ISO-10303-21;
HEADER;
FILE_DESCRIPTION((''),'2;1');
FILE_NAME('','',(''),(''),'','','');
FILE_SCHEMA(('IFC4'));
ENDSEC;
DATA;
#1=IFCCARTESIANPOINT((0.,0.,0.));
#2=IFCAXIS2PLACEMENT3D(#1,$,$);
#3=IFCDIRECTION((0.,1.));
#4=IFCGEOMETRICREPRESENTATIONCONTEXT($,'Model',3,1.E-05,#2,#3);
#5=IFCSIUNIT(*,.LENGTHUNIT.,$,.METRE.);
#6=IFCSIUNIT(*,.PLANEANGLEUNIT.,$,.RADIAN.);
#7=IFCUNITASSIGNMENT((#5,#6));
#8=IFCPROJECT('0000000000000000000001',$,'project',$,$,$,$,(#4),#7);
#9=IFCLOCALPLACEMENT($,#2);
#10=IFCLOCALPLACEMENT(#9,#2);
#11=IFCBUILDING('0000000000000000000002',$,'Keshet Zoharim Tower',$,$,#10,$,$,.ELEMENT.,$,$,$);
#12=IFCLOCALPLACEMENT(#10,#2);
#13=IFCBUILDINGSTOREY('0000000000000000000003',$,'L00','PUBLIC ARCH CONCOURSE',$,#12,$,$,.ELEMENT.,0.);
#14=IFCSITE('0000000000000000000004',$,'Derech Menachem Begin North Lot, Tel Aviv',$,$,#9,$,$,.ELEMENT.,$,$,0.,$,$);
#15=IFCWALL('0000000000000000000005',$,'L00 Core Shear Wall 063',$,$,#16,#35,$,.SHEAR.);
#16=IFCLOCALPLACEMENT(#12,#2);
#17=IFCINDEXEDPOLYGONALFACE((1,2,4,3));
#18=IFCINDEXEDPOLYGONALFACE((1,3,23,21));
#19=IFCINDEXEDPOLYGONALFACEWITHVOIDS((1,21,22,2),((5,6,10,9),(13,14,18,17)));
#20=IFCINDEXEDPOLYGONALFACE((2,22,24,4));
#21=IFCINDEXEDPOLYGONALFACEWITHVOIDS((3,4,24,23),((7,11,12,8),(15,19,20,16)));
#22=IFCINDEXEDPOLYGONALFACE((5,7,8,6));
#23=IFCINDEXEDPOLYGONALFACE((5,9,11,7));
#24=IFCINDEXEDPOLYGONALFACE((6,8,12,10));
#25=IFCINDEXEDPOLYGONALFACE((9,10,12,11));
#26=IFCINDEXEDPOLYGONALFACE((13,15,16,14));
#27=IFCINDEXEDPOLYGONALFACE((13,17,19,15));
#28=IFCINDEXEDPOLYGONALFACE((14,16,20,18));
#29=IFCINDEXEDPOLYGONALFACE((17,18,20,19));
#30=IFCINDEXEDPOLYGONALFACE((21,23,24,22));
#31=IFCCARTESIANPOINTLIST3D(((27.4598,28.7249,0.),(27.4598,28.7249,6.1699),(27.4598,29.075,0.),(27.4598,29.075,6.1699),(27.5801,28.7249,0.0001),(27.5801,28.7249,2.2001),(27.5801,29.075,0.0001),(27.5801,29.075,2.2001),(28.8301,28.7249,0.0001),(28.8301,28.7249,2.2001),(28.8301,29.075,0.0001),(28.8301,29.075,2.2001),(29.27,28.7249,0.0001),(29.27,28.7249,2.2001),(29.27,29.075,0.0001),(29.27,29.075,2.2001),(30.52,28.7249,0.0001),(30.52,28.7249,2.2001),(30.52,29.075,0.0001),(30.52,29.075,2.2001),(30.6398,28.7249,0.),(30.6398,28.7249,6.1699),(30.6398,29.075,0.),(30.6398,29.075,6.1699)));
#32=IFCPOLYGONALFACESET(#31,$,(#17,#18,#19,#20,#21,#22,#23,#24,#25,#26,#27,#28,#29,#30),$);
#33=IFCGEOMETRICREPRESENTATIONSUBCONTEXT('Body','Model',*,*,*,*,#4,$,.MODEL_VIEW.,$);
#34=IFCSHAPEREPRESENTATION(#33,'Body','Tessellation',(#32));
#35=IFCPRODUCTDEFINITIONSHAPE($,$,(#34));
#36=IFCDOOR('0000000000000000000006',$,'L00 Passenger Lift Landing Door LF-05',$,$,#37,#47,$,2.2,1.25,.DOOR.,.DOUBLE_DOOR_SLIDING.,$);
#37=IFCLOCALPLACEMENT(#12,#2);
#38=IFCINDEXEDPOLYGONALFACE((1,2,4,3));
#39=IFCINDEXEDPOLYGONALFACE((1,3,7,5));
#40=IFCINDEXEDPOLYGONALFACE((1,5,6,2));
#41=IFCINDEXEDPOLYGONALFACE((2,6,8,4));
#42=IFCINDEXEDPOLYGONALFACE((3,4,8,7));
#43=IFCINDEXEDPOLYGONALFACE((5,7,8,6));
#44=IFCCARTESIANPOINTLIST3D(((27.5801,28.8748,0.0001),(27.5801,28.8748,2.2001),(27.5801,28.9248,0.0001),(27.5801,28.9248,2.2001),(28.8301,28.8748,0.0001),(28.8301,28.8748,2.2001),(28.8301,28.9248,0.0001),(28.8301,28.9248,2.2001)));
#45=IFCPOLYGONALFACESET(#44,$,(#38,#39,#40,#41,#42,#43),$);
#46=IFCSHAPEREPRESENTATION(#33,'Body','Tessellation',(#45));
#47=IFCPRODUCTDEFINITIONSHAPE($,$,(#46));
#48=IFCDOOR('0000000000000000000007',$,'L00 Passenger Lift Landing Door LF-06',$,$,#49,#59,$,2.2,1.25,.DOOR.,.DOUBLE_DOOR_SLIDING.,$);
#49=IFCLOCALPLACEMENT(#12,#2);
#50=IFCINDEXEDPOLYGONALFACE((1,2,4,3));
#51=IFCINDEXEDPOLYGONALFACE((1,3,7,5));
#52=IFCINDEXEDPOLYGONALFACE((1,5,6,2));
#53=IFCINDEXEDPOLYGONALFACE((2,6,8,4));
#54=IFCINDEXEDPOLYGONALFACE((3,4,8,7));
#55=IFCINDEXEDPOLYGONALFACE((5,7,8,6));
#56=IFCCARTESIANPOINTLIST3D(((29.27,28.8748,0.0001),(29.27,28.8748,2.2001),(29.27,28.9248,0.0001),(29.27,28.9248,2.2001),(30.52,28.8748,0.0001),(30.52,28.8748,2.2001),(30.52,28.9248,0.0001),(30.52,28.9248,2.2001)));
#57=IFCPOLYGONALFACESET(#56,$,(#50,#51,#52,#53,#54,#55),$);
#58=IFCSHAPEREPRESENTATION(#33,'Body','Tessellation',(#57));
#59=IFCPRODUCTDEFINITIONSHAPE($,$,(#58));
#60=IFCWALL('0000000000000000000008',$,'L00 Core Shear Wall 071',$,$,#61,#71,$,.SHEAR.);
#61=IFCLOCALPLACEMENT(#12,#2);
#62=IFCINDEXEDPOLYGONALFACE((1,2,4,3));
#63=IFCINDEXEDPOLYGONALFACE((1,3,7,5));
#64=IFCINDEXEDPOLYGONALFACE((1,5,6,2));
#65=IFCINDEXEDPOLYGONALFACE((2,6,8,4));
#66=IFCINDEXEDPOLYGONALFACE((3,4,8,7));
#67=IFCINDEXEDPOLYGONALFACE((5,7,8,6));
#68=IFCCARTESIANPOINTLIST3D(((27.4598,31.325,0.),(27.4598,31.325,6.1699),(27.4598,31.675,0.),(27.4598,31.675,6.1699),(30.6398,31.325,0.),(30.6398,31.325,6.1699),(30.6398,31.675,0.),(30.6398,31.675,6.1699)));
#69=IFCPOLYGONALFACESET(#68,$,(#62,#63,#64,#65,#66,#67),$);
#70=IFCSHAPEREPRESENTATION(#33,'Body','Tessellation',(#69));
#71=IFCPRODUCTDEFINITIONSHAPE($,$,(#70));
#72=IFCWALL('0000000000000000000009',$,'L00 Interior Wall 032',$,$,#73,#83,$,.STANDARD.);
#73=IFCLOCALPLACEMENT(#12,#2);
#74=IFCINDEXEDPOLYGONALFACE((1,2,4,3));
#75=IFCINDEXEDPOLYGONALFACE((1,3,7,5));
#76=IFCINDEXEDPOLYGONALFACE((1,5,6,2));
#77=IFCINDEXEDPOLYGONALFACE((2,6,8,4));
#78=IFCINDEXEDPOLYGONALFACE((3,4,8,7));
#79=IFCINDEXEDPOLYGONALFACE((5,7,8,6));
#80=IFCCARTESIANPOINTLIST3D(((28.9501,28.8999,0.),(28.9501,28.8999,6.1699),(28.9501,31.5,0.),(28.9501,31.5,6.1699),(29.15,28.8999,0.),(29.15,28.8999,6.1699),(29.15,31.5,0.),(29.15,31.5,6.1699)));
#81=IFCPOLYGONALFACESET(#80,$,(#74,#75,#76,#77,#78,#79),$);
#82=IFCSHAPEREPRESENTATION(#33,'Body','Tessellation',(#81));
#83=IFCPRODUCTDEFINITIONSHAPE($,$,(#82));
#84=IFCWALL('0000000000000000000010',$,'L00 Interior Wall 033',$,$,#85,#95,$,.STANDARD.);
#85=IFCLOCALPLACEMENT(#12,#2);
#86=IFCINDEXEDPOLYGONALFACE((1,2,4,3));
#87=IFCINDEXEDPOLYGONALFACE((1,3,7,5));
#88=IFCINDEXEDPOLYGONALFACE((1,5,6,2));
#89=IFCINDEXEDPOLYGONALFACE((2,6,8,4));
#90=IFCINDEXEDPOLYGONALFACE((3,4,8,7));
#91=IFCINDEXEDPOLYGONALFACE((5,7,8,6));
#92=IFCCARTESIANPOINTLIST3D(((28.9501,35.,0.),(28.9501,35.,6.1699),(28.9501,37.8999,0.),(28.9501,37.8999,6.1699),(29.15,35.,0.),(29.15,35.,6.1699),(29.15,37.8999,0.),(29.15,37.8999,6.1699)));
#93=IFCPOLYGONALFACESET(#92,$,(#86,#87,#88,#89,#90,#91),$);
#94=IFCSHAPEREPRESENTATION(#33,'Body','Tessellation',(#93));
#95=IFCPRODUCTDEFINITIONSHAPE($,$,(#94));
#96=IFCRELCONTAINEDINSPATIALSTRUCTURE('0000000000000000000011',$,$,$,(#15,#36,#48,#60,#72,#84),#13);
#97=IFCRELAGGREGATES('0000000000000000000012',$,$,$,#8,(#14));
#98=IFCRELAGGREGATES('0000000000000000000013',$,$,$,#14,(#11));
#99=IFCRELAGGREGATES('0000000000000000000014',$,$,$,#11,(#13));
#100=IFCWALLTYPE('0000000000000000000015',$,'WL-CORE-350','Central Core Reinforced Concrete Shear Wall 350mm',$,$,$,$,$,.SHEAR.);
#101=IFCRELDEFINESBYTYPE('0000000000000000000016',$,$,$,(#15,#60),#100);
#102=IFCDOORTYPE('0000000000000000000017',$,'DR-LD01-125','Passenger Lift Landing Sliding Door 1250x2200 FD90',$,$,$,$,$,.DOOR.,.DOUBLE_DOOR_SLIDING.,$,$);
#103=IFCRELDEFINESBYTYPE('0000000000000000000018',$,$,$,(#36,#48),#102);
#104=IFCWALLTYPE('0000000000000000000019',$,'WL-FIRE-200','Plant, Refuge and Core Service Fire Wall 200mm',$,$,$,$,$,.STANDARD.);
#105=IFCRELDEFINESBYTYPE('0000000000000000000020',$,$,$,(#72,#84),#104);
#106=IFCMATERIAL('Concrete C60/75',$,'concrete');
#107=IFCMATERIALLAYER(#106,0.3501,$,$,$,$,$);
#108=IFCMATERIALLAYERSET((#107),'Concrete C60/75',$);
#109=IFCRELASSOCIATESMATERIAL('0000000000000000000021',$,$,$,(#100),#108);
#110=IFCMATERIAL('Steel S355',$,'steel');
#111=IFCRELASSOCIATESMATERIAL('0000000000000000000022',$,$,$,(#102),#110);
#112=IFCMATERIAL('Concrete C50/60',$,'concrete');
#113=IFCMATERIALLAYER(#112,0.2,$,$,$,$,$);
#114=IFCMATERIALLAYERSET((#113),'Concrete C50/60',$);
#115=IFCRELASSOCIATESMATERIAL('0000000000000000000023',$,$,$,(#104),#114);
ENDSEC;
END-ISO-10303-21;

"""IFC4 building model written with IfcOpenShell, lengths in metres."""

from ifc_helpers import new_model, si_unit, direction, frame, frame_2d, origin, place, context, subcontext, project, spatial, rectangle, extrude, material, layer, layer_set, type_object, element, fill, save


model = new_model("IFC4")

# Units and contexts
model_context = context("Model", 3, precision=1e-05, world=origin(), true_north=direction((0.0, 1.0)))
body_context = subcontext(model_context, "Body", "Model", "MODEL_VIEW")
ifc_project = project(units=[si_unit("LENGTHUNIT", "METRE"), si_unit("PLANEANGLEUNIT", "RADIAN")], contexts=[model_context])

# Site, building, storey
site_placement = place(None, origin())
site = spatial("IfcSite", under=ifc_project, at=site_placement, Name="Derech Menachem Begin North Lot, Tel Aviv", CompositionType="ELEMENT", RefElevation=0.0)
building_placement = place(site_placement, origin())
building = spatial("IfcBuilding", under=site, at=building_placement, Name="Keshet Zoharim Tower", CompositionType="ELEMENT")
storey_placement = place(building_placement, origin())
storey = spatial("IfcBuildingStorey", under=building, at=storey_placement, Name="L00", Description="PUBLIC ARCH CONCOURSE", CompositionType="ELEMENT", Elevation=0.0)

# Shared definitions
ifc_material_1 = material(Name="Concrete C60/75", Category="concrete")
ifc_layer_1 = layer(ifc_material_1, 0.3501)
ifc_layer_set_1 = layer_set([ifc_layer_1], Name="Concrete C60/75")
wall_type_1 = type_object("IfcWallType", Name="WL-CORE-350", Description="Central Core Reinforced Concrete Shear Wall 350mm", PredefinedType="SHEAR", material=ifc_layer_set_1)

# Wall, openings, doors
ifc_material_2 = material(Name="Steel S355", Category="steel")
door_type_1 = type_object("IfcDoorType", Name="DR-LD01-125", Description="Passenger Lift Landing Sliding Door 1250x2200 FD90", OperationType="DOUBLE_DOOR_SLIDING", PredefinedType="DOOR", material=ifc_material_2)
wall_1_placement = place(storey_placement, frame((27.46, 28.8999, 0.0), z_axis=(0.0, 0.0, 1.0), x_axis=(1.0, 0.0, 0.0)))
wall_1 = element("IfcWall", 1, at=wall_1_placement, inside=storey, type_object=wall_type_1, Name="L00 Core Shear Wall 063", PredefinedType="SHEAR", context=body_context, shape_type="SweptSolid", body=[
    extrude(rectangle(XDim=3.1799, YDim=0.3501, at=frame_2d((1.5898, 0.0))), origin(), (0.0, 0.0, 1.0), 6.1699),
])
opening_1_placement = place(wall_1_placement, frame((0.1201, 0.0, 0.0)))
opening_1 = element("IfcOpeningElement", 2, at=opening_1_placement, cuts=wall_1, PredefinedType="OPENING", context=body_context, shape_type="SweptSolid", body=[
    extrude(rectangle(XDim=1.25, YDim=2.2, at=frame_2d((0.625, 1.1001))), frame((0.0, 0.1851, 0.0), z_axis=(0.0, -1.0, 0.0), x_axis=(1.0, 0.0, 0.0)), (0.0, 0.0, 1.0), 0.3701),
])
opening_2_placement = place(wall_1_placement, frame((1.8101, 0.0, 0.0)))
opening_2 = element("IfcOpeningElement", 3, at=opening_2_placement, cuts=wall_1, PredefinedType="OPENING", context=body_context, shape_type="SweptSolid", body=[
    extrude(rectangle(XDim=1.25, YDim=2.2, at=frame_2d((0.625, 1.1001))), frame((0.0, 0.1851, 0.0), z_axis=(0.0, -1.0, 0.0), x_axis=(1.0, 0.0, 0.0)), (0.0, 0.0, 1.0), 0.3701),
])
door_1_placement = place(opening_1_placement, origin())
door_1 = element("IfcDoor", 4, at=door_1_placement, inside=storey, type_object=door_type_1, Name="L00 Passenger Lift Landing Door LF-05", OperationType="DOUBLE_DOOR_SLIDING", OverallHeight=2.2, OverallWidth=1.25, PredefinedType="DOOR", context=body_context, shape_type="SweptSolid", body=[
    extrude(rectangle(XDim=1.25, YDim=2.2, at=frame_2d((0.625, 1.1001))), frame((0.0, 0.0249, 0.0), z_axis=(0.0, -1.0, 0.0), x_axis=(1.0, 0.0, 0.0)), (0.0, 0.0, 1.0), 0.05),
])
fill(opening_1, door_1)
door_2_placement = place(opening_2_placement, origin())
door_2 = element("IfcDoor", 5, at=door_2_placement, inside=storey, type_object=door_type_1, Name="L00 Passenger Lift Landing Door LF-06", OperationType="DOUBLE_DOOR_SLIDING", OverallHeight=2.2, OverallWidth=1.25, PredefinedType="DOOR", context=body_context, shape_type="SweptSolid", body=[
    extrude(rectangle(XDim=1.25, YDim=2.2, at=frame_2d((0.625, 1.1001))), frame((0.0, 0.0249, 0.0), z_axis=(0.0, -1.0, 0.0), x_axis=(1.0, 0.0, 0.0)), (0.0, 0.0, 1.0), 0.05),
])
fill(opening_2, door_2)

# Walls
wall_2_placement = place(storey_placement, frame((27.46, 31.5, 0.0), z_axis=(0.0, 0.0, 1.0), x_axis=(1.0, 0.0, 0.0)))
element("IfcWall", 6, at=wall_2_placement, inside=storey, type_object=wall_type_1, Name="L00 Core Shear Wall 071", PredefinedType="SHEAR", context=body_context, shape_type="SweptSolid", body=[
    extrude(rectangle(XDim=3.1799, YDim=0.3501, at=frame_2d((1.5898, 0.0))), origin(), (0.0, 0.0, 1.0), 6.1699),
])
ifc_material_3 = material(Name="Concrete C50/60", Category="concrete")
ifc_layer_2 = layer(ifc_material_3, 0.2)
ifc_layer_set_2 = layer_set([ifc_layer_2], Name="Concrete C50/60")
wall_type_2 = type_object("IfcWallType", Name="WL-FIRE-200", Description="Plant, Refuge and Core Service Fire Wall 200mm", PredefinedType="STANDARD", material=ifc_layer_set_2)
wall_3_placement = place(storey_placement, frame((29.05, 28.8999, 0.0), z_axis=(0.0, 0.0, 1.0), x_axis=(0.0, 1.0, 0.0)))
element("IfcWall", 7, at=wall_3_placement, inside=storey, type_object=wall_type_2, Name="L00 Interior Wall 032", PredefinedType="STANDARD", context=body_context, shape_type="SweptSolid", body=[
    extrude(rectangle(XDim=2.6001, YDim=0.2, at=frame_2d((1.3, 0.0))), origin(), (0.0, 0.0, 1.0), 6.1699),
])
wall_4_placement = place(storey_placement, frame((29.05, 35.0, 0.0), z_axis=(0.0, 0.0, 1.0), x_axis=(0.0, 1.0, 0.0)))
element("IfcWall", 8, at=wall_4_placement, inside=storey, type_object=wall_type_2, Name="L00 Interior Wall 033", PredefinedType="STANDARD", context=body_context, shape_type="SweptSolid", body=[
    extrude(rectangle(XDim=2.8999, YDim=0.2, at=frame_2d((1.45, 0.0))), origin(), (0.0, 0.0, 1.0), 6.1699),
])

save(model, "model.ifc")
